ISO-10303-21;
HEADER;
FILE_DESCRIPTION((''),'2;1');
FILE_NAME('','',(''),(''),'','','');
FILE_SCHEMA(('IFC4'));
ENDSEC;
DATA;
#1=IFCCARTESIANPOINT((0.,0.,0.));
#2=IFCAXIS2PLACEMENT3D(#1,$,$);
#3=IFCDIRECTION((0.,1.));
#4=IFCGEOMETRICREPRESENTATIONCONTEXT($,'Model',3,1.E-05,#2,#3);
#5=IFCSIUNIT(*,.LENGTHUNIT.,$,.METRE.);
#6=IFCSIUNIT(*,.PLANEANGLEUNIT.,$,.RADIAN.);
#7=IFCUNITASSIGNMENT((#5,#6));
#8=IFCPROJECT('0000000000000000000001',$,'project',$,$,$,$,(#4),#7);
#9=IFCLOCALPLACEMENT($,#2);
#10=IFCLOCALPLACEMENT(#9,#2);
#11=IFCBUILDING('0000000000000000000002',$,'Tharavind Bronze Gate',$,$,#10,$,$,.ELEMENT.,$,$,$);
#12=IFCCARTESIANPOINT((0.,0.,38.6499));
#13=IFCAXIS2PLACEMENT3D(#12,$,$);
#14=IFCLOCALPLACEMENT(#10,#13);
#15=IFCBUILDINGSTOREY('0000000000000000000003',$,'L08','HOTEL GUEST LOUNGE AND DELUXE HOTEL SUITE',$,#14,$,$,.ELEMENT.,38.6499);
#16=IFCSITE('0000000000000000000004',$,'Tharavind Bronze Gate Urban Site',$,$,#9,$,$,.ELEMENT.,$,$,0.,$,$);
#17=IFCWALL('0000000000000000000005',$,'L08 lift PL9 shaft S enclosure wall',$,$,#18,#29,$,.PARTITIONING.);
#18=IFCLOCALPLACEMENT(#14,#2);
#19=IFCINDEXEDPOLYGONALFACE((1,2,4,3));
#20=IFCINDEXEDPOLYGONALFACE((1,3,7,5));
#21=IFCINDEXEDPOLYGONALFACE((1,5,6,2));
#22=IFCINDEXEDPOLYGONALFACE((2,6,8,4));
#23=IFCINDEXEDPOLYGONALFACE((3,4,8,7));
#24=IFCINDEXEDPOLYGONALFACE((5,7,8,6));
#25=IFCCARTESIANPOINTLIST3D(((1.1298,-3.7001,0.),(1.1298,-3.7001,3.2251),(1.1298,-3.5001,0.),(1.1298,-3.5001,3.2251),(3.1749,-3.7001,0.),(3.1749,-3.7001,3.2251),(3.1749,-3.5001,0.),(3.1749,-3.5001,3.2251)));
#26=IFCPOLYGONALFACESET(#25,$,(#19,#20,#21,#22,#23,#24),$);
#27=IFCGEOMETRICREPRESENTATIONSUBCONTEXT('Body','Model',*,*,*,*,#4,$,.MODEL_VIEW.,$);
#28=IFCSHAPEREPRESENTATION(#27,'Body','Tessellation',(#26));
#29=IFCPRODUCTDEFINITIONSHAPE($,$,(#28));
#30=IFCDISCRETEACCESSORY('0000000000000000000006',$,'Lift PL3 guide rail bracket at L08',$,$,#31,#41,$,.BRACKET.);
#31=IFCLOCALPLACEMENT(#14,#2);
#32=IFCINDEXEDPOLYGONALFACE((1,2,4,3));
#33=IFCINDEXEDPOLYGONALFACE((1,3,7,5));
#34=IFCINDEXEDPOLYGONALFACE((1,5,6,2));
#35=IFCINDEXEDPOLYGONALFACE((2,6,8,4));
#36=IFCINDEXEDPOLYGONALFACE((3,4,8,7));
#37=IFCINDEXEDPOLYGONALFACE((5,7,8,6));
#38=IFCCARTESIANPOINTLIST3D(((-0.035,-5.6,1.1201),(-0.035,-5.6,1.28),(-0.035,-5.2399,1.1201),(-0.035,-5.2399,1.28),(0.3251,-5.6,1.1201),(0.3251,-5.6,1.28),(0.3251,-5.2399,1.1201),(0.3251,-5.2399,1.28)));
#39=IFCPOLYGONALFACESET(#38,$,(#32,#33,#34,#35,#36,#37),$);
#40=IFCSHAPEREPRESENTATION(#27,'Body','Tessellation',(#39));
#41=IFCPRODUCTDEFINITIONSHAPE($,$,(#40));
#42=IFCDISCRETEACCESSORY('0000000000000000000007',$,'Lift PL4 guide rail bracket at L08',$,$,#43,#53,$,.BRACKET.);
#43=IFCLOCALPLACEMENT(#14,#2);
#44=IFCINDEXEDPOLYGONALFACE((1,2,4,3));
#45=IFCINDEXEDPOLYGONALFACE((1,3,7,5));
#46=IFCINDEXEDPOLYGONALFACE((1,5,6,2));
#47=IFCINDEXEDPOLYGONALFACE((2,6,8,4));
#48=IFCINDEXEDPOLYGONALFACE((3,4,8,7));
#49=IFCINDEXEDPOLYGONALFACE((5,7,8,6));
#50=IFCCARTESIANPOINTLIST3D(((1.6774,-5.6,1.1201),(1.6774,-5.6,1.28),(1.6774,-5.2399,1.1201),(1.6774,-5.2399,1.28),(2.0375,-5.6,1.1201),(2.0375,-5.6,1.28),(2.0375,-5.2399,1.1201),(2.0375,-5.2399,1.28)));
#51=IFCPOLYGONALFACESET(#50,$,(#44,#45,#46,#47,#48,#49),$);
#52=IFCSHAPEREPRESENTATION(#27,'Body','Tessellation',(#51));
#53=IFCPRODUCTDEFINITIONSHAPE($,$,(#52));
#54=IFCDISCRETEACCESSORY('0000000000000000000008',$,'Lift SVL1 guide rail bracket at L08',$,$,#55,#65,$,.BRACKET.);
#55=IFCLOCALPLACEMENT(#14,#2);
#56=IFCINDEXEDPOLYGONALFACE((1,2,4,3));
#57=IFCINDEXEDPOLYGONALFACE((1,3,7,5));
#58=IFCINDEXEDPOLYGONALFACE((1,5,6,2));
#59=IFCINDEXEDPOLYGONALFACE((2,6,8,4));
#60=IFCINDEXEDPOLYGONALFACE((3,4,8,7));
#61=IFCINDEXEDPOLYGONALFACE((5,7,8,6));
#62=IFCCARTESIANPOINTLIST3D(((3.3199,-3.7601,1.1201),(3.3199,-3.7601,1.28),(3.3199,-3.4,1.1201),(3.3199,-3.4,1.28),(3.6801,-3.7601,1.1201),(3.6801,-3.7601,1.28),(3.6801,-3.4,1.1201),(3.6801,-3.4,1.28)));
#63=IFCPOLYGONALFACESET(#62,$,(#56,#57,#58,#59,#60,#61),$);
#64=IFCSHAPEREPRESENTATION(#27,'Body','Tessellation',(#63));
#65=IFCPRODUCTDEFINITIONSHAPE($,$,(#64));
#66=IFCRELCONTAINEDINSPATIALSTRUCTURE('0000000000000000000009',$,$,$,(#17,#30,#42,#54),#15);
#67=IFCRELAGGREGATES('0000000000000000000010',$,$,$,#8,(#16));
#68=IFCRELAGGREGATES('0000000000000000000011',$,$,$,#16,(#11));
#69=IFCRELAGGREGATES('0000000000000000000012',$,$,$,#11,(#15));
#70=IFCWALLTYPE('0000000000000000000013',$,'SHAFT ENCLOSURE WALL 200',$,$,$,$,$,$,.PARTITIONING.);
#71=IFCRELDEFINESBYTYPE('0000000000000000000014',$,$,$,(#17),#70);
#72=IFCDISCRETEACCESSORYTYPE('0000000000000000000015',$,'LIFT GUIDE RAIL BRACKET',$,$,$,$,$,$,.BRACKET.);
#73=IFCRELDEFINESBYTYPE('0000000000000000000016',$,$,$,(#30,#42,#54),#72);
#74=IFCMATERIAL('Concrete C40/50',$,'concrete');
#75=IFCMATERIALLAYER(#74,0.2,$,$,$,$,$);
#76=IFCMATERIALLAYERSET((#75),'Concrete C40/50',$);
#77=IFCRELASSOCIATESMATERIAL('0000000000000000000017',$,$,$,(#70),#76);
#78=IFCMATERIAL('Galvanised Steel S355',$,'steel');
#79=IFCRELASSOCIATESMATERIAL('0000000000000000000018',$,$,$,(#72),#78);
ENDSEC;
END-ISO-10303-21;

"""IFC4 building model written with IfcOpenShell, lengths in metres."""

from ifc_helpers import new_model, si_unit, direction, frame, frame_2d, origin, origin_2d, place, context, subcontext, project, spatial, rectangle, extrude, material, layer, layer_set, type_object, element, save


model = new_model("IFC4")

# Units and contexts
model_context = context("Model", 3, precision=1e-05, world=origin(), true_north=direction((0.0, 1.0)))
body_context = subcontext(model_context, "Body", "Model", "MODEL_VIEW")
ifc_project = project(units=[si_unit("LENGTHUNIT", "METRE"), si_unit("PLANEANGLEUNIT", "RADIAN")], contexts=[model_context])

# Site, building, storey
site_placement = place(None, origin())
site = spatial("IfcSite", under=ifc_project, at=site_placement, Name="Tharavind Bronze Gate Urban Site", CompositionType="ELEMENT", RefElevation=0.0)
building_placement = place(site_placement, origin())
building = spatial("IfcBuilding", under=site, at=building_placement, Name="Tharavind Bronze Gate", CompositionType="ELEMENT")
storey_placement = place(building_placement, frame((0.0, 0.0, 38.6499)))
storey = spatial("IfcBuildingStorey", under=building, at=storey_placement, Name="L08", Description="HOTEL GUEST LOUNGE AND DELUXE HOTEL SUITE", CompositionType="ELEMENT", Elevation=38.6499)

# Wall
ifc_material_1 = material(Name="Concrete C40/50", Category="concrete")
ifc_layer_1 = layer(ifc_material_1, 0.2)
ifc_layer_set_1 = layer_set([ifc_layer_1], Name="Concrete C40/50")
wall_type_1 = type_object("IfcWallType", Name="SHAFT ENCLOSURE WALL 200", PredefinedType="PARTITIONING", material=ifc_layer_set_1)
wall_1_placement = place(storey_placement, frame((1.1299, -3.6001, 0.0), z_axis=(0.0, 0.0, 1.0), x_axis=(1.0, 0.0, 0.0)))
element("IfcWall", 1, at=wall_1_placement, inside=storey, type_object=wall_type_1, Name="L08 lift PL9 shaft S enclosure wall", PredefinedType="PARTITIONING", context=body_context, shape_type="SweptSolid", body=[
    extrude(rectangle(XDim=2.0452, YDim=0.2, at=frame_2d((1.0225, 0.0))), origin(), (0.0, 0.0, 1.0), 3.2251),
])

# Discrete accessories
ifc_material_2 = material(Name="Galvanised Steel S355", Category="steel")
discrete_accessory_type = type_object("IfcDiscreteAccessoryType", Name="LIFT GUIDE RAIL BRACKET", PredefinedType="BRACKET", material=ifc_material_2)
for number, where, z_axis, x_axis, name in (
    (2, (0.145, -5.4199, 1.1201), (0.0, 0.0, 1.0), (1.0, 0.0, 0.0), "Lift PL3 guide rail bracket at L08"),
    (3, (1.8574, -5.4199, 1.1201), (0.0, 0.0, 1.0), (1.0, 0.0, 0.0), "Lift PL4 guide rail bracket at L08"),
    (4, (3.5, -3.5801, 1.1201), (0.0, 0.0, 1.0), (1.0, 0.0, 0.0), "Lift SVL1 guide rail bracket at L08"),
):
    element("IfcDiscreteAccessory", number, at=place(storey_placement, frame(where, z_axis=z_axis, x_axis=x_axis)), inside=storey, type_object=discrete_accessory_type, Name=name, PredefinedType="BRACKET", context=body_context, shape_type="SweptSolid", body=[
        extrude(rectangle(XDim=0.3601, YDim=0.3601, at=origin_2d()), origin(), (0.0, 0.0, 1.0), 0.1599),
    ])

save(model, "model.ifc")
